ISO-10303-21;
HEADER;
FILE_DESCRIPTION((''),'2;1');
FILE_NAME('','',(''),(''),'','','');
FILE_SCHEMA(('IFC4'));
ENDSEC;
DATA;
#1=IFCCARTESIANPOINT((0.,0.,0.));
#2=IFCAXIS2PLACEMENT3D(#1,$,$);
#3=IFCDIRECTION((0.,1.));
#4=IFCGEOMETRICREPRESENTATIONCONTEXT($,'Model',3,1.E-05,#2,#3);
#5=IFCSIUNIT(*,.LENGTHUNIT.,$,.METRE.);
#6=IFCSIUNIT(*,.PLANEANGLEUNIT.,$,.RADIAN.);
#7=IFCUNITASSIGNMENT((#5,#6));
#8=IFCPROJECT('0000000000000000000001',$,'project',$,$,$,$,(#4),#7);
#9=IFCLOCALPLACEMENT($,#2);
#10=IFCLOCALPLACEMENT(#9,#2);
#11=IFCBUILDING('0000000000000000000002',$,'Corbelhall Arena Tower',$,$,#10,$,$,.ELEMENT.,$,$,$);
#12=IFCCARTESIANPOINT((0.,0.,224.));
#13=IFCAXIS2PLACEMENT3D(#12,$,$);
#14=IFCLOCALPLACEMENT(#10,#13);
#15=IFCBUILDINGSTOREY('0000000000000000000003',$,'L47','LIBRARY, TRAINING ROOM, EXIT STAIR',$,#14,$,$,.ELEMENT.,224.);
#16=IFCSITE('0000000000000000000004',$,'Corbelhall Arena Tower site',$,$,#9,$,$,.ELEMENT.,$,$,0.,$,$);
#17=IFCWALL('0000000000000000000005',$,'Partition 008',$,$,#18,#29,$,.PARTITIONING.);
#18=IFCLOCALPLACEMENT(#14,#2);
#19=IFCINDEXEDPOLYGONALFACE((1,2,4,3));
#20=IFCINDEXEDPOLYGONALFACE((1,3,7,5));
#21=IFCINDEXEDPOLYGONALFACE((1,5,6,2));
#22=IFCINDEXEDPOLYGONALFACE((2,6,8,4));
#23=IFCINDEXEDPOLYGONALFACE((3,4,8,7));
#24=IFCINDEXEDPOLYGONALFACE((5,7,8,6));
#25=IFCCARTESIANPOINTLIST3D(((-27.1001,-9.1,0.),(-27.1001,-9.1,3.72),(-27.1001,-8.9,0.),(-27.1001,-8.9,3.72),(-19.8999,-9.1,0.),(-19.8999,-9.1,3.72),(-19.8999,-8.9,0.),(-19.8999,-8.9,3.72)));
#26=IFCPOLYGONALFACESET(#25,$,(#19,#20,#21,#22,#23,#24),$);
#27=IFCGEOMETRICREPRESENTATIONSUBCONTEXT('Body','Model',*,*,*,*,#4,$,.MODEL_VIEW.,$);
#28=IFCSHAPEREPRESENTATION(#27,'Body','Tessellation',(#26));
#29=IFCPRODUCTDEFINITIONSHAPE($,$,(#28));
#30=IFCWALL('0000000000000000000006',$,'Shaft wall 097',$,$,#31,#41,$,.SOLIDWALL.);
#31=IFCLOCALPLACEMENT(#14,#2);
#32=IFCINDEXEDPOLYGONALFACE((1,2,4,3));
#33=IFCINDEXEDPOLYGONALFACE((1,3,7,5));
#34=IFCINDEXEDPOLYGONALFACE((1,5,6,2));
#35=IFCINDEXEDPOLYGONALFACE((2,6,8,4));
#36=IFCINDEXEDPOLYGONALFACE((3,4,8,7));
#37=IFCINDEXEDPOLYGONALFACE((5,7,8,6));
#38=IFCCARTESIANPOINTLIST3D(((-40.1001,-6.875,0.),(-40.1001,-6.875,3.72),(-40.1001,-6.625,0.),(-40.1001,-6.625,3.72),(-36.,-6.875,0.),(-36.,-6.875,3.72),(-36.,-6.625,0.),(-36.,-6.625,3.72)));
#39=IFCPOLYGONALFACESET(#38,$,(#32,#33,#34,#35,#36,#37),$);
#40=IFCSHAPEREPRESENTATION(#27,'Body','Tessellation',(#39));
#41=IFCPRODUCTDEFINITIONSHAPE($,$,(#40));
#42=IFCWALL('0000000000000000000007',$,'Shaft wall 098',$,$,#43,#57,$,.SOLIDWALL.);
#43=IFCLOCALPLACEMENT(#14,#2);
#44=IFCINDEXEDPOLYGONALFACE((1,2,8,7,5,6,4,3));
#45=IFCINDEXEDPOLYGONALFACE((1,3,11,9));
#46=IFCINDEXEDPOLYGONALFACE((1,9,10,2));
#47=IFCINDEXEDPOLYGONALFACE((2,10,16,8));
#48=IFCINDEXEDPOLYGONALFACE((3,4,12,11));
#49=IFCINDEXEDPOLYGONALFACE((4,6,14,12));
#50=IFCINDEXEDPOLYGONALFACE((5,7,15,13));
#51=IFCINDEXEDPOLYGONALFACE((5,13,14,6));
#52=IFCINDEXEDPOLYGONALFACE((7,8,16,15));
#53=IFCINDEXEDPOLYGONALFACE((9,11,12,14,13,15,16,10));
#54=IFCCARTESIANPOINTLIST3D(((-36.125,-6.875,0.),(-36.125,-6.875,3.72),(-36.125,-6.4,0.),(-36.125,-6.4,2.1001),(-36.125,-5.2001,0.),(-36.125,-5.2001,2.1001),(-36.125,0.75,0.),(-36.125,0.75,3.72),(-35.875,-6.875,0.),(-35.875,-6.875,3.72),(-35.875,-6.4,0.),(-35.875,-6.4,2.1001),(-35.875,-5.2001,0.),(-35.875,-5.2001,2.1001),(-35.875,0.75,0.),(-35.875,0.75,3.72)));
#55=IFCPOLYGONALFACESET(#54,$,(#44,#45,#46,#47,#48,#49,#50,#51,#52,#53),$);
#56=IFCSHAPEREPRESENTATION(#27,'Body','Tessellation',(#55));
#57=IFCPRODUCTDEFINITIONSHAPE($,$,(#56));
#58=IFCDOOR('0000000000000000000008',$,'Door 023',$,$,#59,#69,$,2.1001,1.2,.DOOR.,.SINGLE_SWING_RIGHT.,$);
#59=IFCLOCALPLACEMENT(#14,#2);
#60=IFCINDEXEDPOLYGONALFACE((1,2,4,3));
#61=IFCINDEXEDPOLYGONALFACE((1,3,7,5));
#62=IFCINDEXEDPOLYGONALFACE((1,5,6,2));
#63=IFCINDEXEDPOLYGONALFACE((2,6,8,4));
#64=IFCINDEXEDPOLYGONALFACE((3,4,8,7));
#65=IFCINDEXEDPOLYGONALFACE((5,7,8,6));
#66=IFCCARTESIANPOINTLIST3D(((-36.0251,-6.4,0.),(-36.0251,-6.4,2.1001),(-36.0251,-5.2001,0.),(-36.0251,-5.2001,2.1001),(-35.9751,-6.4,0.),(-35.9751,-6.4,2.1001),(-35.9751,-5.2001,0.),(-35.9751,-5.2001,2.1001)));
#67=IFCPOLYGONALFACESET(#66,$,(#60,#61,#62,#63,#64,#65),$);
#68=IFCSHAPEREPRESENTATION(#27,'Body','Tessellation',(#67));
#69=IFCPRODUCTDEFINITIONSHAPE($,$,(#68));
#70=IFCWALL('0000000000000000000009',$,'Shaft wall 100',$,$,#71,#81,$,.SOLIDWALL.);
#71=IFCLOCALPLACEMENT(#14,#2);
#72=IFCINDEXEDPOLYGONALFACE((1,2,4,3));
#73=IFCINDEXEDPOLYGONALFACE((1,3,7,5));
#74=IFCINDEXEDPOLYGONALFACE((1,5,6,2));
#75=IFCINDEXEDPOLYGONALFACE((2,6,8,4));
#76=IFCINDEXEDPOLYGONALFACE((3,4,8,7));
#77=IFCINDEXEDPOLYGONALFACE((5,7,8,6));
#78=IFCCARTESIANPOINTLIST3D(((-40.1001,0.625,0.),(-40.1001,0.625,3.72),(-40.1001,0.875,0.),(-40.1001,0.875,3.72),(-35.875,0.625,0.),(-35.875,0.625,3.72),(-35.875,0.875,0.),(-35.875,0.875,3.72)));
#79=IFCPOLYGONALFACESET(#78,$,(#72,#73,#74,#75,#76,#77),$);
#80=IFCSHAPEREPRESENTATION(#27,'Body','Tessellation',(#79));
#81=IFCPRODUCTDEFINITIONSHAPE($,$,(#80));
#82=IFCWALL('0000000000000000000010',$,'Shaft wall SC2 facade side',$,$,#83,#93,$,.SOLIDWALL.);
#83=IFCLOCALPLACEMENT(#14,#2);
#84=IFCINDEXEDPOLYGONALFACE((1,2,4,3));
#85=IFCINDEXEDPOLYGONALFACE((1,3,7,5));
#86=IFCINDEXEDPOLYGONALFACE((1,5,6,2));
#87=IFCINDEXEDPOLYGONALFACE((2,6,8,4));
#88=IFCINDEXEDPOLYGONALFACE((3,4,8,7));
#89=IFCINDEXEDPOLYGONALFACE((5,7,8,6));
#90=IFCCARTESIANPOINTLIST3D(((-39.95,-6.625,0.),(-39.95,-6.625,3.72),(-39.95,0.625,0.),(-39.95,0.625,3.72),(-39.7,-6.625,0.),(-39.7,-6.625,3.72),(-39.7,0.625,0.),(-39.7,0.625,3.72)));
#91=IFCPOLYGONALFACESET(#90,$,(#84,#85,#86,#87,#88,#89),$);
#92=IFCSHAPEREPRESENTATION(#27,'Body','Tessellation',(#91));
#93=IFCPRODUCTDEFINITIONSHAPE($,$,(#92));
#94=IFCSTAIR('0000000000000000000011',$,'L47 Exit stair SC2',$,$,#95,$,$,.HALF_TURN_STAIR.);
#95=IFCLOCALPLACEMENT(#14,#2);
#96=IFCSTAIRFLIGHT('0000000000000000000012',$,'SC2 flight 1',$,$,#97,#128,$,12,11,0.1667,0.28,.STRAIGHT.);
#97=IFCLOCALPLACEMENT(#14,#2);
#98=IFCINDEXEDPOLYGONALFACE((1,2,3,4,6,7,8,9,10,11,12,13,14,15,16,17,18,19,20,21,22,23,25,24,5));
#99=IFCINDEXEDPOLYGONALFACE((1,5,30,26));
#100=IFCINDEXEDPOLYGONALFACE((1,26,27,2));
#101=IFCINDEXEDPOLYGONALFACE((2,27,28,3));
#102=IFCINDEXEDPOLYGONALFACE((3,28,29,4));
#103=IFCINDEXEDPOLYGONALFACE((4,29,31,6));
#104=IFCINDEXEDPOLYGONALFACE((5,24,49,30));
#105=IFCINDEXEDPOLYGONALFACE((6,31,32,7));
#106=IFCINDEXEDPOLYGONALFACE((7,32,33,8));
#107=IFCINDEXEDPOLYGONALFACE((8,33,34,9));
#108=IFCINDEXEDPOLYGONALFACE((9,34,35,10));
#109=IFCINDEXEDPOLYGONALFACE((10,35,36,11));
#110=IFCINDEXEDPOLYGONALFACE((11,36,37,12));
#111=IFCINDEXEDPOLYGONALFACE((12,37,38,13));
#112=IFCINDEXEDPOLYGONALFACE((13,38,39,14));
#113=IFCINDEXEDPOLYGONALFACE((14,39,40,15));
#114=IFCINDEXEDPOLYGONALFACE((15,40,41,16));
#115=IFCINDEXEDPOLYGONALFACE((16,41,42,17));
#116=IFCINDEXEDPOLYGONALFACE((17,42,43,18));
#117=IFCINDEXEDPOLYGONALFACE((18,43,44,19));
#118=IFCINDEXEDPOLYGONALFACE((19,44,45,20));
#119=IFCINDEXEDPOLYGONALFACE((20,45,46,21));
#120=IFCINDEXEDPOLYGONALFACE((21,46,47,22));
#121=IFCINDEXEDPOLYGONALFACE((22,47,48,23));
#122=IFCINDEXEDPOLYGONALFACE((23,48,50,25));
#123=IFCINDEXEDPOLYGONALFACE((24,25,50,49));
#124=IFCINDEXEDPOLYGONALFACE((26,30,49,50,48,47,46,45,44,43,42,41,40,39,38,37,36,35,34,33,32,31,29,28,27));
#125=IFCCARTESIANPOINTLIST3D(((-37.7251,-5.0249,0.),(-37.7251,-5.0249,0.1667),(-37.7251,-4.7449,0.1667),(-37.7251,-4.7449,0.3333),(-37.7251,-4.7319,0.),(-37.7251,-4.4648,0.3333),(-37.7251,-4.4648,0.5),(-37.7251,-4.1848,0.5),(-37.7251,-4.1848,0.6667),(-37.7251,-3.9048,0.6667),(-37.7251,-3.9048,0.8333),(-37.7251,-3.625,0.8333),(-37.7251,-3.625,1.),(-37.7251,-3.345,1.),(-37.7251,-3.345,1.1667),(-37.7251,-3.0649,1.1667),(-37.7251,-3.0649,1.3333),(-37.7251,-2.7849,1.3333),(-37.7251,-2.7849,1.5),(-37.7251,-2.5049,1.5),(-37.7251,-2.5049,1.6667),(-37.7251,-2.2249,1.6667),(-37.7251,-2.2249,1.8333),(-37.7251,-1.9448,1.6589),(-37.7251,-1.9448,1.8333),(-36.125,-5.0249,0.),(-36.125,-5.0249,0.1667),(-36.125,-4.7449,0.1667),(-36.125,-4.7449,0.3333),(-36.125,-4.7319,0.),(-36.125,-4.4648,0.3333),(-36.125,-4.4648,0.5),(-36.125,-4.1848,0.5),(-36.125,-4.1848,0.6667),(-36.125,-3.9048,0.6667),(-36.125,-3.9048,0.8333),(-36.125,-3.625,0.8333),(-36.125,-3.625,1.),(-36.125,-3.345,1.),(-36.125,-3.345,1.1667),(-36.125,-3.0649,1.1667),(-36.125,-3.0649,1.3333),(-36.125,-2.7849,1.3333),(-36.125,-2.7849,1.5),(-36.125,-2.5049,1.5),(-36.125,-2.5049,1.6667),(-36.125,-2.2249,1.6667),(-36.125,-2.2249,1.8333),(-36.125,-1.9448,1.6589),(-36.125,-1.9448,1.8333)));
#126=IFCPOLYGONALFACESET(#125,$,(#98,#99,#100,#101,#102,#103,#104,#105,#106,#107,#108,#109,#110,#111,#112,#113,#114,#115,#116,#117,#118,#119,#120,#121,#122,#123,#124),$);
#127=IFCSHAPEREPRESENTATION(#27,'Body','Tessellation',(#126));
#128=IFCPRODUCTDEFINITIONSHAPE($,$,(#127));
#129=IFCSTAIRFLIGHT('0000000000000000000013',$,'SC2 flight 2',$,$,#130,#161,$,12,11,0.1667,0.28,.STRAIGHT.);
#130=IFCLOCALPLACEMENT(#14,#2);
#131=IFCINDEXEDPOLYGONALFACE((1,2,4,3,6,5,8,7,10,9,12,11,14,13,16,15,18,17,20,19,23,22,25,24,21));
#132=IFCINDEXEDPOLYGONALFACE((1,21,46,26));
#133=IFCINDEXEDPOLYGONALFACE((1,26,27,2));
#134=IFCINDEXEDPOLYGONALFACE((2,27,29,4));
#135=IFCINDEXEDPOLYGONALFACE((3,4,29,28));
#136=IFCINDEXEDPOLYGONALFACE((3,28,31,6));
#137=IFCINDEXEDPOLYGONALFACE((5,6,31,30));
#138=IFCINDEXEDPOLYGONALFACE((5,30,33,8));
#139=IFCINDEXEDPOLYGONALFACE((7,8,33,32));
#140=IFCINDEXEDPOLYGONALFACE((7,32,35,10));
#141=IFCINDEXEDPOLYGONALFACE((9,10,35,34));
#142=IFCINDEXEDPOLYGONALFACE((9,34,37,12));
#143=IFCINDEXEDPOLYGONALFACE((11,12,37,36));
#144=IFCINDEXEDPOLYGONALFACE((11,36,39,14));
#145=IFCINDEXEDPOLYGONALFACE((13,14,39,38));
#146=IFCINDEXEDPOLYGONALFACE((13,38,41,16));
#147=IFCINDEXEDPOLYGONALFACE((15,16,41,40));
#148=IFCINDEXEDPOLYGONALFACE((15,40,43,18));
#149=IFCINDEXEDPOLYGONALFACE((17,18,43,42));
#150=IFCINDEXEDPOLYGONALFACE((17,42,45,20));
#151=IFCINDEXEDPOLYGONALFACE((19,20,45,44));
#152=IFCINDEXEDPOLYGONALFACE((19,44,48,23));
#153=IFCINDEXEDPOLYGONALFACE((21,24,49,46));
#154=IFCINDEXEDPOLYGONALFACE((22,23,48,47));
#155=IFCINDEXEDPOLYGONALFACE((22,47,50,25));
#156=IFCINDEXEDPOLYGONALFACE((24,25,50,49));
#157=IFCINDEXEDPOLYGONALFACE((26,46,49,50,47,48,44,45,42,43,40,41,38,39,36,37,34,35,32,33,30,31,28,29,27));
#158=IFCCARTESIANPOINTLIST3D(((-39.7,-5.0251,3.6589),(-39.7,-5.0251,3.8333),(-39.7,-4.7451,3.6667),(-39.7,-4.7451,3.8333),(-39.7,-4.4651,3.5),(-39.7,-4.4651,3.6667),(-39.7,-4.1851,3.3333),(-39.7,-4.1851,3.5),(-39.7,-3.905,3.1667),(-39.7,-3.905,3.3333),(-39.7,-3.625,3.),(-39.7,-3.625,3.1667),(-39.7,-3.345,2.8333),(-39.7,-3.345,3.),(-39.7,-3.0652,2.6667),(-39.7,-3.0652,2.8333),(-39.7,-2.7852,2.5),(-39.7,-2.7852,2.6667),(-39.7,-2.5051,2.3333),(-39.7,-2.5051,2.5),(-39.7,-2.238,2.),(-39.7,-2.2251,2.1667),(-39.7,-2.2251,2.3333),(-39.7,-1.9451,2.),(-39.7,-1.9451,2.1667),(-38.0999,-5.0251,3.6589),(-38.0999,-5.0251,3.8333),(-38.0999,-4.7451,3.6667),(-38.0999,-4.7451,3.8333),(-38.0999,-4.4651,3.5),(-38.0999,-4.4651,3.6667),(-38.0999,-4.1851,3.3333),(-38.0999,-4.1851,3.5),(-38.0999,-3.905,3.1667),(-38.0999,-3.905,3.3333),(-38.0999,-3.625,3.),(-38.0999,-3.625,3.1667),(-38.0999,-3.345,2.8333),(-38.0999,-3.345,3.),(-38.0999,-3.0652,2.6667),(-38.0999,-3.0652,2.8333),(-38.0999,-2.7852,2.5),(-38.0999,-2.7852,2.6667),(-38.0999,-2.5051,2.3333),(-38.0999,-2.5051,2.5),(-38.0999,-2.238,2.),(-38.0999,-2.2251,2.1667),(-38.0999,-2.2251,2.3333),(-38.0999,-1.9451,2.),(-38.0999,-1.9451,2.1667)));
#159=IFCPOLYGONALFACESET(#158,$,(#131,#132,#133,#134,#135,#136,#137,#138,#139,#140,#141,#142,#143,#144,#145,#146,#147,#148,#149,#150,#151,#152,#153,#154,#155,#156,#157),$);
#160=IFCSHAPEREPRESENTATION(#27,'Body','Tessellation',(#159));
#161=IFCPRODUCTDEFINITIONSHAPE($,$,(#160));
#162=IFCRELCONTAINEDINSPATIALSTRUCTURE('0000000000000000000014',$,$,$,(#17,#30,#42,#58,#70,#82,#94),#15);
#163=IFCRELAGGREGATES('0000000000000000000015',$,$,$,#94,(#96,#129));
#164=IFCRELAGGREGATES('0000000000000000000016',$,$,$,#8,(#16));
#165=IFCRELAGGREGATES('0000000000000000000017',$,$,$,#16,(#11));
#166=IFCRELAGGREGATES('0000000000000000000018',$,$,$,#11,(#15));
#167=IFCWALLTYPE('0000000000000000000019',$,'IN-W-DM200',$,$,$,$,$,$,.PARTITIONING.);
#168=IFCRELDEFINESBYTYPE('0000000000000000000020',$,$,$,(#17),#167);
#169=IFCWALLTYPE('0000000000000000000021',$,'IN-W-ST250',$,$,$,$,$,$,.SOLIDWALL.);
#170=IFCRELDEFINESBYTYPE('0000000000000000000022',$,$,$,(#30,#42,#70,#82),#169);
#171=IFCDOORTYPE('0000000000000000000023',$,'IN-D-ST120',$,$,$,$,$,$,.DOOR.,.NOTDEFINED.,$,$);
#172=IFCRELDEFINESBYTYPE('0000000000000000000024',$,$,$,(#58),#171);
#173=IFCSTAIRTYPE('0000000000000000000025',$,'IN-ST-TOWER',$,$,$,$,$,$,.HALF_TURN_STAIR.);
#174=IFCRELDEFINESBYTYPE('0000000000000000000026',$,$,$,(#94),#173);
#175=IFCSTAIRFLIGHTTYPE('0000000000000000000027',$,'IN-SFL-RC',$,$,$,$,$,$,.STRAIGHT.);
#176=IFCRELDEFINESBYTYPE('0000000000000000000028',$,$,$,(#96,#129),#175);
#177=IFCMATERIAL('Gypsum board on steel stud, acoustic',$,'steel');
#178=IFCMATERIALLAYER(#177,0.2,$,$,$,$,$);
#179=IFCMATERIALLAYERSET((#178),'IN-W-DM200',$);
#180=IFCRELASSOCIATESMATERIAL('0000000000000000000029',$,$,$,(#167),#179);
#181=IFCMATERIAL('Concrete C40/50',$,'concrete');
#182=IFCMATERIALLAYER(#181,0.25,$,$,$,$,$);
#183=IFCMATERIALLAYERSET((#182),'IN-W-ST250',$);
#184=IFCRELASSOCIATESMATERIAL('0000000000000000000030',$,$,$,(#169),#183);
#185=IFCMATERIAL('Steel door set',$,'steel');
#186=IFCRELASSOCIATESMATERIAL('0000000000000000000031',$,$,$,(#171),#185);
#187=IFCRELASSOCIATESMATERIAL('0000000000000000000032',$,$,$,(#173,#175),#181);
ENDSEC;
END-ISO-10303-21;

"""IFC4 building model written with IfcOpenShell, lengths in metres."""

from ifc_helpers import new_model, si_unit, direction, frame, frame_2d, origin, place, context, subcontext, project, spatial, polyline, rectangle, outline, extrude, material, layer, layer_set, type_object, element, fill, aggregate, save


model = new_model("IFC4")

# Units and contexts
model_context = context("Model", 3, precision=1e-05, world=origin(), true_north=direction((0.0, 1.0)))
body_context = subcontext(model_context, "Body", "Model", "MODEL_VIEW")
ifc_project = project(units=[si_unit("LENGTHUNIT", "METRE"), si_unit("PLANEANGLEUNIT", "RADIAN")], contexts=[model_context])

# Site, building, storey
site_placement = place(None, origin())
site = spatial("IfcSite", under=ifc_project, at=site_placement, Name="Corbelhall Arena Tower site", CompositionType="ELEMENT", RefElevation=0.0)
building_placement = place(site_placement, origin())
building = spatial("IfcBuilding", under=site, at=building_placement, Name="Corbelhall Arena Tower", CompositionType="ELEMENT")
storey_placement = place(building_placement, frame((0.0, 0.0, 224.0)))
storey = spatial("IfcBuildingStorey", under=building, at=storey_placement, Name="L47", Description="LIBRARY, TRAINING ROOM, EXIT STAIR", CompositionType="ELEMENT", Elevation=224.0)

# Shared definitions
ifc_material_1 = material(Name="Gypsum board on steel stud, acoustic", Category="steel")
ifc_layer_1 = layer(ifc_material_1, 0.2)
ifc_layer_set_1 = layer_set([ifc_layer_1], Name="IN-W-DM200")
wall_type_1 = type_object("IfcWallType", Name="IN-W-DM200", PredefinedType="PARTITIONING", material=ifc_layer_set_1)

# Shared definitions
ifc_material_2 = material(Name="Steel door set", Category="steel")

# Walls
wall_1_placement = place(storey_placement, frame((-27.1001, -9.0, 0.0), z_axis=(0.0, 0.0, 1.0), x_axis=(1.0, 0.0, 0.0)))
element("IfcWall", 1, at=wall_1_placement, inside=storey, type_object=wall_type_1, Name="Partition 008", PredefinedType="PARTITIONING", context=body_context, shape_type="SweptSolid", body=[
    extrude(rectangle(XDim=7.2002, YDim=0.2, at=frame_2d((3.6001, 0.0))), origin(), (0.0, 0.0, 1.0), 3.72),
])
ifc_material_3 = material(Name="Concrete C40/50", Category="concrete")
ifc_layer_2 = layer(ifc_material_3, 0.25)
ifc_layer_set_2 = layer_set([ifc_layer_2], Name="IN-W-ST250")
wall_type_2 = type_object("IfcWallType", Name="IN-W-ST250", PredefinedType="SOLIDWALL", material=ifc_layer_set_2)
wall_2_placement = place(storey_placement, frame((-36.0, -6.75, 0.0), z_axis=(0.0, 0.0, 1.0), x_axis=(-1.0, 0.0, 0.0)))
element("IfcWall", 2, at=wall_2_placement, inside=storey, type_object=wall_type_2, Name="Shaft wall 097", PredefinedType="SOLIDWALL", context=body_context, shape_type="SweptSolid", body=[
    extrude(rectangle(XDim=4.1001, YDim=0.25, at=frame_2d((2.05, 0.0))), origin(), (0.0, 0.0, 1.0), 3.72),
])

# Wall, opening, door
wall_3_placement = place(storey_placement, frame((-36.0, 0.75, 0.0), z_axis=(0.0, 0.0, 1.0), x_axis=(0.0, -1.0, 0.0)))
wall_3 = element("IfcWall", 3, at=wall_3_placement, inside=storey, type_object=wall_type_2, Name="Shaft wall 098", PredefinedType="SOLIDWALL", context=body_context, shape_type="SweptSolid", body=[
    extrude(rectangle(XDim=7.625, YDim=0.25, at=frame_2d((3.8125, 0.0))), origin(), (0.0, 0.0, 1.0), 3.72),
])
opening_1_placement = place(wall_3_placement, frame((5.95, 0.0, 0.0)))
opening_1 = element("IfcOpeningElement", 4, at=opening_1_placement, cuts=wall_3, PredefinedType="OPENING", context=body_context, shape_type="SweptSolid", body=[
    extrude(rectangle(XDim=1.2, YDim=2.1001, at=frame_2d((0.6001, 1.05))), frame((0.0, 0.125, 0.0), z_axis=(0.0, -1.0, 0.0), x_axis=(1.0, 0.0, 0.0)), (0.0, 0.0, 1.0), 0.25),
])
door_type_1 = type_object("IfcDoorType", Name="IN-D-ST120", OperationType="NOTDEFINED", PredefinedType="DOOR", material=ifc_material_2)
door_1_placement = place(opening_1_placement, origin())
door_1 = element("IfcDoor", 5, at=door_1_placement, inside=storey, type_object=door_type_1, Name="Door 023", OperationType="SINGLE_SWING_RIGHT", OverallHeight=2.1001, OverallWidth=1.2, PredefinedType="DOOR", context=body_context, shape_type="SweptSolid", body=[
    extrude(rectangle(XDim=1.2, YDim=2.1001, at=frame_2d((0.6001, 1.05))), frame((0.0, 0.0249, 0.0), z_axis=(0.0, -1.0, 0.0), x_axis=(1.0, 0.0, 0.0)), (0.0, 0.0, 1.0), 0.05),
])
fill(opening_1, door_1)

# Walls
wall_4_placement = place(storey_placement, frame((-35.875, 0.75, 0.0), z_axis=(0.0, 0.0, 1.0), x_axis=(-1.0, 0.0, 0.0)))
element("IfcWall", 6, at=wall_4_placement, inside=storey, type_object=wall_type_2, Name="Shaft wall 100", PredefinedType="SOLIDWALL", context=body_context, shape_type="SweptSolid", body=[
    extrude(rectangle(XDim=4.2251, YDim=0.25, at=frame_2d((2.1125, 0.0))), origin(), (0.0, 0.0, 1.0), 3.72),
])
wall_5_placement = place(storey_placement, frame((-39.825, -6.625, 0.0), z_axis=(0.0, 0.0, 1.0), x_axis=(0.0, 1.0, 0.0)))
element("IfcWall", 7, at=wall_5_placement, inside=storey, type_object=wall_type_2, Name="Shaft wall SC2 facade side", PredefinedType="SOLIDWALL", context=body_context, shape_type="SweptSolid", body=[
    extrude(rectangle(XDim=7.25, YDim=0.25, at=frame_2d((3.625, 0.0))), origin(), (0.0, 0.0, 1.0), 3.72),
])

# Stair, stair flights
stair_type = type_object("IfcStairType", Name="IN-ST-TOWER", PredefinedType="HALF_TURN_STAIR", material=ifc_material_3)
stair_placement = place(storey_placement, origin())
stair = element("IfcStair", 8, at=stair_placement, inside=storey, type_object=stair_type, Name="L47 Exit stair SC2", PredefinedType="HALF_TURN_STAIR")
stair_flight_type = type_object("IfcStairFlightType", Name="IN-SFL-RC", PredefinedType="STRAIGHT", material=ifc_material_3)
stair_flight_1_placement = place(storey_placement, frame((-36.925, -5.0249, 0.0), z_axis=(0.0, 0.0, 1.0), x_axis=(0.0, 1.0, 0.0)))
stair_flight_1 = element("IfcStairFlight", 9, at=stair_flight_1_placement, type_object=stair_flight_type, Name="SC2 flight 1", NumberOfRisers=12, NumberOfTreads=11, PredefinedType="STRAIGHT", RiserHeight=0.1667, TreadLength=0.28, context=body_context, shape_type="SweptSolid", body=[
    extrude(outline(polyline([(0.0, 0.0), (0.0, 0.1667), (0.28, 0.1667), (0.28, 0.3333), (0.5601, 0.3333), (0.5601, 0.5), (0.8401, 0.5), (0.8401, 0.6667), (1.1201, 0.6667), (1.1201, 0.8333), (1.3999, 0.8333), (1.3999, 1.0), (1.6799, 1.0), (1.6799, 1.1667), (1.96, 1.1667), (1.96, 1.3333), (2.24, 1.3333), (2.24, 1.5), (2.52, 1.5), (2.52, 1.6667), (2.8, 1.6667), (2.8, 1.8333), (3.0801, 1.8333), (3.0801, 2.0), (3.0801, 1.6589), (0.293, 0.0), (0.0, 0.0)])), frame((0.0, 0.8, 0.0), z_axis=(0.0, -1.0, 0.0), x_axis=(1.0, 0.0, 0.0)), (0.0, 0.0, 1.0), 1.6001),
])
stair_flight_2_placement = place(storey_placement, frame((-38.8999, -1.9451, 2.0), z_axis=(0.0, 0.0, 1.0), x_axis=(0.0, -1.0, 0.0)))
stair_flight_2 = element("IfcStairFlight", 10, at=stair_flight_2_placement, type_object=stair_flight_type, Name="SC2 flight 2", NumberOfRisers=12, NumberOfTreads=11, PredefinedType="STRAIGHT", RiserHeight=0.1667, TreadLength=0.28, context=body_context, shape_type="SweptSolid", body=[
    extrude(outline(polyline([(0.0, 0.0), (0.0, 0.1667), (0.28, 0.1667), (0.28, 0.3333), (0.5601, 0.3333), (0.5601, 0.5), (0.8401, 0.5), (0.8401, 0.6667), (1.1201, 0.6667), (1.1201, 0.8333), (1.3999, 0.8333), (1.3999, 1.0), (1.6799, 1.0), (1.6799, 1.1667), (1.96, 1.1667), (1.96, 1.3333), (2.24, 1.3333), (2.24, 1.5), (2.52, 1.5), (2.52, 1.6667), (2.8, 1.6667), (2.8, 1.8333), (3.0801, 1.8333), (3.0801, 2.0), (3.0801, 1.6589), (0.293, 0.0), (0.0, 0.0)])), frame((0.0, 0.8, 0.0), z_axis=(0.0, -1.0, 0.0), x_axis=(1.0, 0.0, 0.0)), (0.0, 0.0, 1.0), 1.6001),
])
aggregate(stair, [stair_flight_1, stair_flight_2])

save(model, "model.ifc")
